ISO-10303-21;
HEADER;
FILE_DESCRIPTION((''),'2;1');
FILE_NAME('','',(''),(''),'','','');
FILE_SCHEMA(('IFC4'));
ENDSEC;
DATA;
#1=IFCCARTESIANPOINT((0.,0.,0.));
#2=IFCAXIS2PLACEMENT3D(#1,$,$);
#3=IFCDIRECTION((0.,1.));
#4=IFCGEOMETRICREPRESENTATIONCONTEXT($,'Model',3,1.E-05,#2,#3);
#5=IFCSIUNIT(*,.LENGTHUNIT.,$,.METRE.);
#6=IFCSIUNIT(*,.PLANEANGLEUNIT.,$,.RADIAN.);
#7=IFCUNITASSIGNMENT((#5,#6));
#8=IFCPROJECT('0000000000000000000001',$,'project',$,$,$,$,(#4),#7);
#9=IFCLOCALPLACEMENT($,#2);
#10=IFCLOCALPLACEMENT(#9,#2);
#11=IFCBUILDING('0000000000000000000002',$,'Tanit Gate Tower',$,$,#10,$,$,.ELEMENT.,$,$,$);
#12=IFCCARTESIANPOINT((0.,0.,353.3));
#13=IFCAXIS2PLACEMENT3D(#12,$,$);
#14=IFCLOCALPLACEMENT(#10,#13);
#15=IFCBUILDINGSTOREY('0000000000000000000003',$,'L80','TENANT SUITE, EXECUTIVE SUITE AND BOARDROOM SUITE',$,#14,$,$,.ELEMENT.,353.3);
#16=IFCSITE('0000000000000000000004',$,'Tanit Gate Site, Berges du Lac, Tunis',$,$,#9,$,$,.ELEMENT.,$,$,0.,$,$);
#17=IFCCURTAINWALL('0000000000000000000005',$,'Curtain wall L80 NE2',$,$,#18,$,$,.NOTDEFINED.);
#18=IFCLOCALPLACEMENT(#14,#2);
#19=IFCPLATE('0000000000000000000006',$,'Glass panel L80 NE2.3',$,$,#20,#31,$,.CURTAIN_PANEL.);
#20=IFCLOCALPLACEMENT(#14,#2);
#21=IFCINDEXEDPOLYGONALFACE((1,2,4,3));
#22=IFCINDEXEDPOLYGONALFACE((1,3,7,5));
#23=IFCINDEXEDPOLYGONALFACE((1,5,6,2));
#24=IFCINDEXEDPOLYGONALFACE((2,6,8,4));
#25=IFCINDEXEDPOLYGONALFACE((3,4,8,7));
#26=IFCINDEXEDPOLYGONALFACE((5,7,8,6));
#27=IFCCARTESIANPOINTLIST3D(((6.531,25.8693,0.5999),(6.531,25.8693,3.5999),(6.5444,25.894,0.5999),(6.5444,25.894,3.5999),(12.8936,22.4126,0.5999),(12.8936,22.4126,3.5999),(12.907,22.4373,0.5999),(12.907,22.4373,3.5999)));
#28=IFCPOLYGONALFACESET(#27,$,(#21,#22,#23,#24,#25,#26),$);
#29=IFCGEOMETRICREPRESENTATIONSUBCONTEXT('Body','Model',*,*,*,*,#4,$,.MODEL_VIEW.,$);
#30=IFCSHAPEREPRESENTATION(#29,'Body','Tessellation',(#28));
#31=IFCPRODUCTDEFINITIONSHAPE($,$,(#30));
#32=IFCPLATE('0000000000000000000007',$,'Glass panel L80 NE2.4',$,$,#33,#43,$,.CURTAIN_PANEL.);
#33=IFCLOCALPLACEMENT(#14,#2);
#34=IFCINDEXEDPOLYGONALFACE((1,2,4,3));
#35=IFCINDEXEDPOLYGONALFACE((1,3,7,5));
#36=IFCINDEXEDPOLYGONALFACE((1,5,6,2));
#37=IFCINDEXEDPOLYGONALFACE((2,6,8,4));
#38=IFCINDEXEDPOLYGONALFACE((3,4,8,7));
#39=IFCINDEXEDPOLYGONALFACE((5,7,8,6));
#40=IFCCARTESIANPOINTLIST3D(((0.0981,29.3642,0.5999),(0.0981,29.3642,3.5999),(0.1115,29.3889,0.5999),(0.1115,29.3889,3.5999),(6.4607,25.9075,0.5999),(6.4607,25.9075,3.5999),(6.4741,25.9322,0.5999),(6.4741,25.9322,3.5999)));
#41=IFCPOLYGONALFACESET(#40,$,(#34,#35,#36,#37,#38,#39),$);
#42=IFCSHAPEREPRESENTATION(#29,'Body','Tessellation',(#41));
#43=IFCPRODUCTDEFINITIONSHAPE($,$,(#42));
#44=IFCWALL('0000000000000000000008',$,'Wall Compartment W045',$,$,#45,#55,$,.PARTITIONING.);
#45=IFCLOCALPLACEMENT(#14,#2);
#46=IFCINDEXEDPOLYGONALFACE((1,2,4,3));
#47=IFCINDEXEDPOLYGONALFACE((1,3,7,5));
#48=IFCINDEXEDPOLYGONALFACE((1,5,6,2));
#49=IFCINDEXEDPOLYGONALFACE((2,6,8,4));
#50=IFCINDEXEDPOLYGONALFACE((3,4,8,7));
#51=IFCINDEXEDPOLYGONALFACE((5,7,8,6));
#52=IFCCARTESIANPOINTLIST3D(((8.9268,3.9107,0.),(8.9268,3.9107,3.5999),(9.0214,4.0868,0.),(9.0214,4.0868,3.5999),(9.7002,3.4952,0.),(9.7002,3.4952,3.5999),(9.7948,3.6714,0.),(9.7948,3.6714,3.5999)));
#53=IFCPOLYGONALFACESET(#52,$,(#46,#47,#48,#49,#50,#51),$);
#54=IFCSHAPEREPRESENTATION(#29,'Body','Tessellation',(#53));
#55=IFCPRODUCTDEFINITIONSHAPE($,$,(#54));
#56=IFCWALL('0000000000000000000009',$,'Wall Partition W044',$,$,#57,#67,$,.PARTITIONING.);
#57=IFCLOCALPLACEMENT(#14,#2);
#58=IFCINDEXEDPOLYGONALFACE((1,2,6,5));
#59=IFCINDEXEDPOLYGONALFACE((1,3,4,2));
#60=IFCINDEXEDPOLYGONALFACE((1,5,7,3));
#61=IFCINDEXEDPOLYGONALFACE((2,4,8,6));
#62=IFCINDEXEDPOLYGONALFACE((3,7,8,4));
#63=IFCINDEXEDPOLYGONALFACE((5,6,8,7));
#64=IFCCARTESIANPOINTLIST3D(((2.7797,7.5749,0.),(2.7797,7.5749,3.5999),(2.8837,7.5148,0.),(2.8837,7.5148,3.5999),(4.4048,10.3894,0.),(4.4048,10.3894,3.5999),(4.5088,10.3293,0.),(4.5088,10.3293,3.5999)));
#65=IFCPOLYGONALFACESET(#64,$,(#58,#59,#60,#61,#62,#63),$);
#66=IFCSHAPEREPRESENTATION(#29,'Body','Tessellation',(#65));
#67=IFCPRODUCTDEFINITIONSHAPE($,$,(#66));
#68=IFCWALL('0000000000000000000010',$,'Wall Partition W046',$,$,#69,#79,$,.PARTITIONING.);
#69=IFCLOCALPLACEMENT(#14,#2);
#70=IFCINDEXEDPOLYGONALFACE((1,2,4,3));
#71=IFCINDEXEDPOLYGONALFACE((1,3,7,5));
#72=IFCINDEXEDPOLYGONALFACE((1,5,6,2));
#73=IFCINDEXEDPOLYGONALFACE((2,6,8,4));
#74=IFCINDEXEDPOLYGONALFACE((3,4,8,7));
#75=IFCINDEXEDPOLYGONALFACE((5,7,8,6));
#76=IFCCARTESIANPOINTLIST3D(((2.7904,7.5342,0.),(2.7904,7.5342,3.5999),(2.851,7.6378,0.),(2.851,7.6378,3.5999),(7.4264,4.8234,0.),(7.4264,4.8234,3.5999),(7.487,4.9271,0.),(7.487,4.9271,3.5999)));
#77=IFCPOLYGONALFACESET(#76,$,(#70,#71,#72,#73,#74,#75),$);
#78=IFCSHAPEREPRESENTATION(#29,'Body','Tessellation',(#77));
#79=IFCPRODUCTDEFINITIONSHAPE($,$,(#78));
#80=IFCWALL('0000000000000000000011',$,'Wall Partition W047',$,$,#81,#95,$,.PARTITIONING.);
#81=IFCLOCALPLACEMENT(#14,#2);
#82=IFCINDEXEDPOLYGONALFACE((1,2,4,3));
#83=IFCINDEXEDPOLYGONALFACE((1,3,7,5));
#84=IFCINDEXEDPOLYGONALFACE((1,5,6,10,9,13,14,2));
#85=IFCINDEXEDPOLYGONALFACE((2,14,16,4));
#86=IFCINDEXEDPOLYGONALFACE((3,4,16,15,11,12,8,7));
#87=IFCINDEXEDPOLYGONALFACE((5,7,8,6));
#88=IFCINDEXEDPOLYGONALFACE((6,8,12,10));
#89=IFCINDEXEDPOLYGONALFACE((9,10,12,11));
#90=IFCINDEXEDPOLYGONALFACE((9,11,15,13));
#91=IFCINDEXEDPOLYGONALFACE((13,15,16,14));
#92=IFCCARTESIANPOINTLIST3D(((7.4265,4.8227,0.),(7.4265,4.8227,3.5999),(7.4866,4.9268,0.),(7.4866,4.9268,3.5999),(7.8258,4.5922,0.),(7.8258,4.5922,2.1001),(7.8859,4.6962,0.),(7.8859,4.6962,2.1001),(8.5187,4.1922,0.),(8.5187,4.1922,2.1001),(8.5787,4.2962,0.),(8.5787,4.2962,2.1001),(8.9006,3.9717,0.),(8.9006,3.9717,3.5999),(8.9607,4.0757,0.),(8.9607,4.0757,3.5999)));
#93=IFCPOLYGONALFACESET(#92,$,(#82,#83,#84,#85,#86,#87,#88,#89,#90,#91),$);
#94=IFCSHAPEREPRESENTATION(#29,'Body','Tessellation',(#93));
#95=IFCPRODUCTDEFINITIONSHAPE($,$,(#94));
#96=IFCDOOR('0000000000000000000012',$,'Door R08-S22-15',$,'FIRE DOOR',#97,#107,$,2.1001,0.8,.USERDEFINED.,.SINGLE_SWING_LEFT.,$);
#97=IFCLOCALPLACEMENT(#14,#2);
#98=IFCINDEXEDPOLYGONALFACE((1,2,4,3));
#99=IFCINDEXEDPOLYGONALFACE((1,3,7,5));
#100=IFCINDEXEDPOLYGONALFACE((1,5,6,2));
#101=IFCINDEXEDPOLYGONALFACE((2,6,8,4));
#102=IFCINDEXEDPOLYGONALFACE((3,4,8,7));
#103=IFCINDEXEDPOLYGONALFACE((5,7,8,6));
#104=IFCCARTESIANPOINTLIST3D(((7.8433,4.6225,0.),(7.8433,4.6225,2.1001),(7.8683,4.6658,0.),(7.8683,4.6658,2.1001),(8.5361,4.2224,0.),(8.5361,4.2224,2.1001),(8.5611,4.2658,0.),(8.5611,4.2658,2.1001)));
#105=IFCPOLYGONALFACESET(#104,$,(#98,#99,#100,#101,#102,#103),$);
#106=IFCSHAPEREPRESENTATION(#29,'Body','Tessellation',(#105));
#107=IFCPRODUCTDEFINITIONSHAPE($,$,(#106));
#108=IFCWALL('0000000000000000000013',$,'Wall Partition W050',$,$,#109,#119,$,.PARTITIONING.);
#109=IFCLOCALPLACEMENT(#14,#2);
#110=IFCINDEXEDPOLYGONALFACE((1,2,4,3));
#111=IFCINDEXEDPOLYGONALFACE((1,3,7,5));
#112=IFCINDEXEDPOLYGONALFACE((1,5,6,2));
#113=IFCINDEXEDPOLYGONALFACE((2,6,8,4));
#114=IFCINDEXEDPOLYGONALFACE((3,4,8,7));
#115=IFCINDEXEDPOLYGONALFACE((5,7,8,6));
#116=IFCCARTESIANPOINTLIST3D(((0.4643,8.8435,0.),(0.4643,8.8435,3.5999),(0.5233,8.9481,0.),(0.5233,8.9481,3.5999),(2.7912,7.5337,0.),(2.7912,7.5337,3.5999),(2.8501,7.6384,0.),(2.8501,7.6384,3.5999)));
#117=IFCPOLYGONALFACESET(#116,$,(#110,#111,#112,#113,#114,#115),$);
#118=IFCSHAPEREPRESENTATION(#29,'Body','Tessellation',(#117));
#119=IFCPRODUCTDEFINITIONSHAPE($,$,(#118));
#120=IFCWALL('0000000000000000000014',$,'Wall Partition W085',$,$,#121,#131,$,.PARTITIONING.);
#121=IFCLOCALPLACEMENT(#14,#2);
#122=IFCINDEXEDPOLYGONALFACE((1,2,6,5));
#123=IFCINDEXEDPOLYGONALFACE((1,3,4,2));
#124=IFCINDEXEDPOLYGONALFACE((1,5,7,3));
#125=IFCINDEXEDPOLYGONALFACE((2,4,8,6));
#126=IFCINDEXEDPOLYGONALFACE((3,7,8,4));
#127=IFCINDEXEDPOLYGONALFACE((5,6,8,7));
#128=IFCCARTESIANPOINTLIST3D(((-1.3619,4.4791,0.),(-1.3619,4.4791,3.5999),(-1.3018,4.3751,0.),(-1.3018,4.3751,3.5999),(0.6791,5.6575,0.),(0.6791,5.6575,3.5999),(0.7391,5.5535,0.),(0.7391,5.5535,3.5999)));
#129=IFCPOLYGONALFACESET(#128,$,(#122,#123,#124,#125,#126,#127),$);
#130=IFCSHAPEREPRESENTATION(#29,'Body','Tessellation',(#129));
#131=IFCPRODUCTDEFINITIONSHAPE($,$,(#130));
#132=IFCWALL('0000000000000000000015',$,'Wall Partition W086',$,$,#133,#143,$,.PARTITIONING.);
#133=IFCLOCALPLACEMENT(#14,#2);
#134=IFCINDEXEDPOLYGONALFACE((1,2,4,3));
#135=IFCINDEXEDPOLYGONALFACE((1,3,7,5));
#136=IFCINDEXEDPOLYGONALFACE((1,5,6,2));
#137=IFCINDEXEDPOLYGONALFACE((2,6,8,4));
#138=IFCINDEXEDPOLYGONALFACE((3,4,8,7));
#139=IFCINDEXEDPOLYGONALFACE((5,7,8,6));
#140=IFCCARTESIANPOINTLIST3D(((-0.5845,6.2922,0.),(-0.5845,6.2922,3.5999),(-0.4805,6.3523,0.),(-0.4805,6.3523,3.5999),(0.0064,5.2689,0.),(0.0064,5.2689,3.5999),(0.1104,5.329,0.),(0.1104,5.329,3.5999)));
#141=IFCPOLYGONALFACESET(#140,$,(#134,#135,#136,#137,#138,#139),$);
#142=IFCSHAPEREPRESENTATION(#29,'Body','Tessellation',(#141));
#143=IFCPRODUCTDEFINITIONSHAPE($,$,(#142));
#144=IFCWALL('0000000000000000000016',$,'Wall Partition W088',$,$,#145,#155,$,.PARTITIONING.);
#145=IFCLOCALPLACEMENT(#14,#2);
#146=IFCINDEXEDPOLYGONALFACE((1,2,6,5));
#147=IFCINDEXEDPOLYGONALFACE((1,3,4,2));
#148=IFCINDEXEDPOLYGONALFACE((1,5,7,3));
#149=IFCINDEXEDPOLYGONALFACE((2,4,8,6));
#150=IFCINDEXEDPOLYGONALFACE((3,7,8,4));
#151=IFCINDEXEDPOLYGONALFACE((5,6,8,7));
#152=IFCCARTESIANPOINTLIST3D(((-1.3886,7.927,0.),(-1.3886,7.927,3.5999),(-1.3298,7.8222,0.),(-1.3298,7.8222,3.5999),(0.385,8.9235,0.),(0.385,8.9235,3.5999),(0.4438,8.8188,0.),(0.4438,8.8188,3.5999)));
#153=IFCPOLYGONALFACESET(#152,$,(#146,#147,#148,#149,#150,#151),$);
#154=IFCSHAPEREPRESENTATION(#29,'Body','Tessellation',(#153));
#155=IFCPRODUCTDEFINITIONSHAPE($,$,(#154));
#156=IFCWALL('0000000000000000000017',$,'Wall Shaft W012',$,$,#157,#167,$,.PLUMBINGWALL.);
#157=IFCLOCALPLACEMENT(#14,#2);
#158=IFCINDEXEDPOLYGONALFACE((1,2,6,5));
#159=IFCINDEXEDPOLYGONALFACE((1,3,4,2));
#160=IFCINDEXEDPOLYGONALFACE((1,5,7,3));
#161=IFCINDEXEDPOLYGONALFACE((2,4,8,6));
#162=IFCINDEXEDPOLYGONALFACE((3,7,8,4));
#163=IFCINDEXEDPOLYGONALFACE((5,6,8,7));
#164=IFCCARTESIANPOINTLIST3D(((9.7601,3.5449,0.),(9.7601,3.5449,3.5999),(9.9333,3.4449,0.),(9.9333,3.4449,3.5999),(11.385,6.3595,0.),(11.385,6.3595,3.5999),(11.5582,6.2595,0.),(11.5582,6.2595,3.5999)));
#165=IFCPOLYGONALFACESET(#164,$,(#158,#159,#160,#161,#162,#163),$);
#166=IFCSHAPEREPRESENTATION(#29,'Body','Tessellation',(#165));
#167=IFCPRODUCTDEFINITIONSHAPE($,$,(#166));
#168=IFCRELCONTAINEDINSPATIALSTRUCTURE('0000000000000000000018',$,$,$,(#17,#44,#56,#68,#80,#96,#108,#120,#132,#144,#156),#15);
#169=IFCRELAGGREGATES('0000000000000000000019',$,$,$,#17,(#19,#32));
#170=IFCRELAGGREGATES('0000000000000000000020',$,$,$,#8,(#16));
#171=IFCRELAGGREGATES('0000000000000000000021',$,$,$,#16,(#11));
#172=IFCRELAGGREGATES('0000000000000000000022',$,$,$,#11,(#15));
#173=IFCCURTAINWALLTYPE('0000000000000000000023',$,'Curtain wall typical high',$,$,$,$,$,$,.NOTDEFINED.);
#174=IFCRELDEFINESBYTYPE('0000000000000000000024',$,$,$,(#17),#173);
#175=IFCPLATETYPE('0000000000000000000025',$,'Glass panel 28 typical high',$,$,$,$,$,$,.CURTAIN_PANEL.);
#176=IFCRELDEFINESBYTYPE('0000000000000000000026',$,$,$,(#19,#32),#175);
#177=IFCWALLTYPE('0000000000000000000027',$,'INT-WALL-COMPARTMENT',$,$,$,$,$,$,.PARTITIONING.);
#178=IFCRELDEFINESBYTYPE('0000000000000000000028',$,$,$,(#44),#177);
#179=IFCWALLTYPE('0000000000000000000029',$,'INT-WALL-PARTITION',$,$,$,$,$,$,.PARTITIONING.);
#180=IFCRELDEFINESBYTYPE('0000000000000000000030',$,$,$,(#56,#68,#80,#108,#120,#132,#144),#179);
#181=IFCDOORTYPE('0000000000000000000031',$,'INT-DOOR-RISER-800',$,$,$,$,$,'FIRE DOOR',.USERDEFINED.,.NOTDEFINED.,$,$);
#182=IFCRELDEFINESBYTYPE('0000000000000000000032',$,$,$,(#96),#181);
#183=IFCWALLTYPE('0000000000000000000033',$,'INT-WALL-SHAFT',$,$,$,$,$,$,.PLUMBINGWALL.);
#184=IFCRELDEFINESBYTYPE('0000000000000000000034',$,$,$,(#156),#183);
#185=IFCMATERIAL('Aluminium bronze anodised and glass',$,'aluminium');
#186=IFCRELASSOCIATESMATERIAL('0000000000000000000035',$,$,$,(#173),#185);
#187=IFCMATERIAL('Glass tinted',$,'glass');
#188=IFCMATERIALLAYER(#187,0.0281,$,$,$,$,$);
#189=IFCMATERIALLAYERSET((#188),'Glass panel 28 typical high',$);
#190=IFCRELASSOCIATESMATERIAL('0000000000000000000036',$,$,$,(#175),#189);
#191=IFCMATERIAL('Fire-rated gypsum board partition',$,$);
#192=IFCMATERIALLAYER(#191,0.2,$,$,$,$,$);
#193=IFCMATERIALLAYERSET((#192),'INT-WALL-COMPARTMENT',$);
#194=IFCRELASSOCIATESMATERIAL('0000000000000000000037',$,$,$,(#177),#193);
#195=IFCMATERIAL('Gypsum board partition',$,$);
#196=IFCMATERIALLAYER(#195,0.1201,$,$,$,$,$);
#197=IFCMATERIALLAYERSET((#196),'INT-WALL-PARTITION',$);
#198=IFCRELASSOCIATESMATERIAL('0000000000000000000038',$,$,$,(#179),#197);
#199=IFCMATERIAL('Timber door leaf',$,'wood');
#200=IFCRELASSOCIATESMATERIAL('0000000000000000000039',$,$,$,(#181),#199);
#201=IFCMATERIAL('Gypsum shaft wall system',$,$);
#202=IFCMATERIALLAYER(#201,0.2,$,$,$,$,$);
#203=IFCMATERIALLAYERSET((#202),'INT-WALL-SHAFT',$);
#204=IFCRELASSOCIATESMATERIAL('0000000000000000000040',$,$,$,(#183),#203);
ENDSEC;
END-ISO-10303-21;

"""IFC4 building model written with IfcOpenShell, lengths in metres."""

from ifc_helpers import new_model, si_unit, direction, frame, frame_2d, origin, origin_2d, place, context, subcontext, project, spatial, rectangle, extrude, material, layer, layer_set, type_object, element, fill, aggregate, save


model = new_model("IFC4")

# Units and contexts
model_context = context("Model", 3, precision=1e-05, world=origin(), true_north=direction((0.0, 1.0)))
body_context = subcontext(model_context, "Body", "Model", "MODEL_VIEW")
ifc_project = project(units=[si_unit("LENGTHUNIT", "METRE"), si_unit("PLANEANGLEUNIT", "RADIAN")], contexts=[model_context])

# Site, building, storey
site_placement = place(None, origin())
site = spatial("IfcSite", under=ifc_project, at=site_placement, Name="Tanit Gate Site, Berges du Lac, Tunis", CompositionType="ELEMENT", RefElevation=0.0)
building_placement = place(site_placement, origin())
building = spatial("IfcBuilding", under=site, at=building_placement, Name="Tanit Gate Tower", CompositionType="ELEMENT")
storey_placement = place(building_placement, frame((0.0, 0.0, 353.3)))
storey = spatial("IfcBuildingStorey", under=building, at=storey_placement, Name="L80", Description="TENANT SUITE, EXECUTIVE SUITE AND BOARDROOM SUITE", CompositionType="ELEMENT", Elevation=353.3)

# Curtain wall
ifc_material_1 = material(Name="Aluminium bronze anodised and glass", Category="aluminium")
curtain_wall_type = type_object("IfcCurtainWallType", Name="Curtain wall typical high", PredefinedType="NOTDEFINED", material=ifc_material_1)
curtain_wall_1_placement = place(storey_placement, origin())
curtain_wall_1 = element("IfcCurtainWall", 1, at=curtain_wall_1_placement, inside=storey, type_object=curtain_wall_type, Name="Curtain wall L80 NE2", PredefinedType="NOTDEFINED")

# Plates
ifc_material_2 = material(Name="Glass tinted", Category="glass")
ifc_layer_1 = layer(ifc_material_2, 0.0281)
ifc_layer_set_1 = layer_set([ifc_layer_1], Name="Glass panel 28 typical high")
plate_type = type_object("IfcPlateType", Name="Glass panel 28 typical high", PredefinedType="CURTAIN_PANEL", material=ifc_layer_set_1)
plate_1_placement = place(storey_placement, frame((9.719, 24.1533, 0.5999), z_axis=(0.0, 0.0, 1.0), x_axis=(-0.878696, 0.477381, 0.0)))
plate_1 = element("IfcPlate", 2, at=plate_1_placement, type_object=plate_type, Name="Glass panel L80 NE2.3", PredefinedType="CURTAIN_PANEL", context=body_context, shape_type="SweptSolid", body=[
    extrude(rectangle(XDim=7.241, YDim=0.0281, at=origin_2d()), origin(), (0.0, 0.0, 1.0), 3.0),
])
plate_2_placement = place(storey_placement, frame((3.2861, 27.6482, 0.5999), z_axis=(0.0, 0.0, 1.0), x_axis=(-0.878696, 0.477381, 0.0)))
plate_2 = element("IfcPlate", 3, at=plate_2_placement, type_object=plate_type, Name="Glass panel L80 NE2.4", PredefinedType="CURTAIN_PANEL", context=body_context, shape_type="SweptSolid", body=[
    extrude(rectangle(XDim=7.241, YDim=0.0281, at=origin_2d()), origin(), (0.0, 0.0, 1.0), 3.0),
])
aggregate(curtain_wall_1, [plate_1, plate_2])

# Walls
ifc_material_3 = material(Name="Fire-rated gypsum board partition")
ifc_layer_2 = layer(ifc_material_3, 0.2)
ifc_layer_set_2 = layer_set([ifc_layer_2], Name="INT-WALL-COMPARTMENT")
wall_type_1 = type_object("IfcWallType", Name="INT-WALL-COMPARTMENT", PredefinedType="PARTITIONING", material=ifc_layer_set_2)
wall_1_placement = place(storey_placement, frame((8.9741, 3.9988, 0.0), z_axis=(0.0, 0.0, 1.0), x_axis=(0.880917, -0.473271, 0.0)))
element("IfcWall", 4, at=wall_1_placement, inside=storey, type_object=wall_type_1, Name="Wall Compartment W045", PredefinedType="PARTITIONING", context=body_context, shape_type="SweptSolid", body=[
    extrude(rectangle(XDim=0.8779, YDim=0.2, at=frame_2d((0.439, 0.0))), origin(), (0.0, 0.0, 1.0), 3.5999),
])
ifc_material_4 = material(Name="Gypsum board partition")
ifc_layer_3 = layer(ifc_material_4, 0.1201)
ifc_layer_set_3 = layer_set([ifc_layer_3], Name="INT-WALL-PARTITION")
wall_type_2 = type_object("IfcWallType", Name="INT-WALL-PARTITION", PredefinedType="PARTITIONING", material=ifc_layer_set_3)
wall_2_placement = place(storey_placement, frame((4.4568, 10.3594, 0.0), z_axis=(0.0, 0.0, 1.0), x_axis=(-0.500017, -0.866015, 0.0)))
element("IfcWall", 5, at=wall_2_placement, inside=storey, type_object=wall_type_2, Name="Wall Partition W044", PredefinedType="PARTITIONING", context=body_context, shape_type="SweptSolid", body=[
    extrude(rectangle(XDim=3.25, YDim=0.1201, at=frame_2d((1.625, 0.0))), origin(), (0.0, 0.0, 1.0), 3.5999),
])
wall_3_placement = place(storey_placement, frame((2.8208, 7.5859, 0.0), z_axis=(0.0, 0.0, 1.0), x_axis=(0.863262, -0.504755, 0.0)))
element("IfcWall", 6, at=wall_3_placement, inside=storey, type_object=wall_type_2, Name="Wall Partition W046", PredefinedType="PARTITIONING", context=body_context, shape_type="SweptSolid", body=[
    extrude(rectangle(XDim=5.3704, YDim=0.1201, at=frame_2d((2.6851, 0.0))), origin(), (0.0, 0.0, 1.0), 3.5999),
])

# Wall, opening, door
wall_4_placement = place(storey_placement, frame((7.4565, 4.8748, 0.0), z_axis=(0.0, 0.0, 1.0), x_axis=(0.866028, -0.499996, 0.0)))
wall_4 = element("IfcWall", 7, at=wall_4_placement, inside=storey, type_object=wall_type_2, Name="Wall Partition W047", PredefinedType="PARTITIONING", context=body_context, shape_type="SweptSolid", body=[
    extrude(rectangle(XDim=1.7021, YDim=0.1201, at=frame_2d((0.8511, 0.0))), origin(), (0.0, 0.0, 1.0), 3.5999),
])
opening_placement = place(wall_4_placement, frame((0.4612, 0.0, 0.0)))
opening = element("IfcOpeningElement", 8, at=opening_placement, cuts=wall_4, PredefinedType="OPENING", context=body_context, shape_type="SweptSolid", body=[
    extrude(rectangle(XDim=0.8, YDim=2.1001, at=frame_2d((0.3999, 1.05))), frame((0.0, 0.0701, 0.0), z_axis=(0.0, -1.0, 0.0), x_axis=(1.0, 0.0, 0.0)), (0.0, 0.0, 1.0), 0.1401),
])
ifc_material_5 = material(Name="Timber door leaf", Category="wood")
door_type = type_object("IfcDoorType", Name="INT-DOOR-RISER-800", ElementType="FIRE DOOR", OperationType="NOTDEFINED", PredefinedType="USERDEFINED", material=ifc_material_5)
door_placement = place(opening_placement, origin())
door = element("IfcDoor", 9, at=door_placement, inside=storey, type_object=door_type, Name="Door R08-S22-15", ObjectType="FIRE DOOR", OperationType="SINGLE_SWING_LEFT", OverallHeight=2.1001, OverallWidth=0.8, PredefinedType="USERDEFINED", context=body_context, shape_type="SweptSolid", body=[
    extrude(rectangle(XDim=0.8, YDim=2.1001, at=frame_2d((0.3999, 1.05))), frame((0.0, 0.0249, 0.0), z_axis=(0.0, -1.0, 0.0), x_axis=(1.0, 0.0, 0.0)), (0.0, 0.0, 1.0), 0.05),
])
fill(opening, door)

# Walls
wall_5_placement = place(storey_placement, frame((0.4939, 8.8958, 0.0), z_axis=(0.0, 0.0, 1.0), x_axis=(0.871427, -0.490526, 0.0)))
element("IfcWall", 10, at=wall_5_placement, inside=storey, type_object=wall_type_2, Name="Wall Partition W050", PredefinedType="PARTITIONING", context=body_context, shape_type="SweptSolid", body=[
    extrude(rectangle(XDim=2.6702, YDim=0.1201, at=frame_2d((1.335, 0.0))), origin(), (0.0, 0.0, 1.0), 3.5999),
])
wall_6_placement = place(storey_placement, frame((0.709, 5.6055, 0.0), z_axis=(0.0, 0.0, 1.0), x_axis=(-0.86601, -0.500027, 0.0)))
element("IfcWall", 11, at=wall_6_placement, inside=storey, type_object=wall_type_2, Name="Wall Partition W085", PredefinedType="PARTITIONING", context=body_context, shape_type="SweptSolid", body=[
    extrude(rectangle(XDim=2.3567, YDim=0.1201, at=frame_2d((1.1782, 0.0))), origin(), (0.0, 0.0, 1.0), 3.5999),
])
wall_7_placement = place(storey_placement, frame((-0.5325, 6.3223, 0.0), z_axis=(0.0, 0.0, 1.0), x_axis=(0.50005, -0.865996, 0.0)))
element("IfcWall", 12, at=wall_7_placement, inside=storey, type_object=wall_type_2, Name="Wall Partition W086", PredefinedType="PARTITIONING", context=body_context, shape_type="SweptSolid", body=[
    extrude(rectangle(XDim=1.1816, YDim=0.1201, at=frame_2d((0.5908, 0.0))), origin(), (0.0, 0.0, 1.0), 3.5999),
])
wall_8_placement = place(storey_placement, frame((0.4143, 8.8711, 0.0), z_axis=(0.0, 0.0, 1.0), x_axis=(-0.871809, -0.489845, 0.0)))
element("IfcWall", 13, at=wall_8_placement, inside=storey, type_object=wall_type_2, Name="Wall Partition W088", PredefinedType="PARTITIONING", context=body_context, shape_type="SweptSolid", body=[
    extrude(rectangle(XDim=2.0344, YDim=0.1201, at=frame_2d((1.0171, 0.0))), origin(), (0.0, 0.0, 1.0), 3.5999),
])
ifc_material_6 = material(Name="Gypsum shaft wall system")
ifc_layer_4 = layer(ifc_material_6, 0.2)
ifc_layer_set_4 = layer_set([ifc_layer_4], Name="INT-WALL-SHAFT")
wall_type_3 = type_object("IfcWallType", Name="INT-WALL-SHAFT", PredefinedType="PLUMBINGWALL", material=ifc_layer_set_4)
wall_9_placement = place(storey_placement, frame((9.8467, 3.4949, 0.0), z_axis=(0.0, 0.0, 1.0), x_axis=(0.499985, 0.866034, 0.0)))
element("IfcWall", 14, at=wall_9_placement, inside=storey, type_object=wall_type_3, Name="Wall Shaft W012", PredefinedType="PLUMBINGWALL", context=body_context, shape_type="SweptSolid", body=[
    extrude(rectangle(XDim=3.25, YDim=0.2, at=frame_2d((1.625, 0.0))), origin(), (0.0, 0.0, 1.0), 3.5999),
])

save(model, "model.ifc")
